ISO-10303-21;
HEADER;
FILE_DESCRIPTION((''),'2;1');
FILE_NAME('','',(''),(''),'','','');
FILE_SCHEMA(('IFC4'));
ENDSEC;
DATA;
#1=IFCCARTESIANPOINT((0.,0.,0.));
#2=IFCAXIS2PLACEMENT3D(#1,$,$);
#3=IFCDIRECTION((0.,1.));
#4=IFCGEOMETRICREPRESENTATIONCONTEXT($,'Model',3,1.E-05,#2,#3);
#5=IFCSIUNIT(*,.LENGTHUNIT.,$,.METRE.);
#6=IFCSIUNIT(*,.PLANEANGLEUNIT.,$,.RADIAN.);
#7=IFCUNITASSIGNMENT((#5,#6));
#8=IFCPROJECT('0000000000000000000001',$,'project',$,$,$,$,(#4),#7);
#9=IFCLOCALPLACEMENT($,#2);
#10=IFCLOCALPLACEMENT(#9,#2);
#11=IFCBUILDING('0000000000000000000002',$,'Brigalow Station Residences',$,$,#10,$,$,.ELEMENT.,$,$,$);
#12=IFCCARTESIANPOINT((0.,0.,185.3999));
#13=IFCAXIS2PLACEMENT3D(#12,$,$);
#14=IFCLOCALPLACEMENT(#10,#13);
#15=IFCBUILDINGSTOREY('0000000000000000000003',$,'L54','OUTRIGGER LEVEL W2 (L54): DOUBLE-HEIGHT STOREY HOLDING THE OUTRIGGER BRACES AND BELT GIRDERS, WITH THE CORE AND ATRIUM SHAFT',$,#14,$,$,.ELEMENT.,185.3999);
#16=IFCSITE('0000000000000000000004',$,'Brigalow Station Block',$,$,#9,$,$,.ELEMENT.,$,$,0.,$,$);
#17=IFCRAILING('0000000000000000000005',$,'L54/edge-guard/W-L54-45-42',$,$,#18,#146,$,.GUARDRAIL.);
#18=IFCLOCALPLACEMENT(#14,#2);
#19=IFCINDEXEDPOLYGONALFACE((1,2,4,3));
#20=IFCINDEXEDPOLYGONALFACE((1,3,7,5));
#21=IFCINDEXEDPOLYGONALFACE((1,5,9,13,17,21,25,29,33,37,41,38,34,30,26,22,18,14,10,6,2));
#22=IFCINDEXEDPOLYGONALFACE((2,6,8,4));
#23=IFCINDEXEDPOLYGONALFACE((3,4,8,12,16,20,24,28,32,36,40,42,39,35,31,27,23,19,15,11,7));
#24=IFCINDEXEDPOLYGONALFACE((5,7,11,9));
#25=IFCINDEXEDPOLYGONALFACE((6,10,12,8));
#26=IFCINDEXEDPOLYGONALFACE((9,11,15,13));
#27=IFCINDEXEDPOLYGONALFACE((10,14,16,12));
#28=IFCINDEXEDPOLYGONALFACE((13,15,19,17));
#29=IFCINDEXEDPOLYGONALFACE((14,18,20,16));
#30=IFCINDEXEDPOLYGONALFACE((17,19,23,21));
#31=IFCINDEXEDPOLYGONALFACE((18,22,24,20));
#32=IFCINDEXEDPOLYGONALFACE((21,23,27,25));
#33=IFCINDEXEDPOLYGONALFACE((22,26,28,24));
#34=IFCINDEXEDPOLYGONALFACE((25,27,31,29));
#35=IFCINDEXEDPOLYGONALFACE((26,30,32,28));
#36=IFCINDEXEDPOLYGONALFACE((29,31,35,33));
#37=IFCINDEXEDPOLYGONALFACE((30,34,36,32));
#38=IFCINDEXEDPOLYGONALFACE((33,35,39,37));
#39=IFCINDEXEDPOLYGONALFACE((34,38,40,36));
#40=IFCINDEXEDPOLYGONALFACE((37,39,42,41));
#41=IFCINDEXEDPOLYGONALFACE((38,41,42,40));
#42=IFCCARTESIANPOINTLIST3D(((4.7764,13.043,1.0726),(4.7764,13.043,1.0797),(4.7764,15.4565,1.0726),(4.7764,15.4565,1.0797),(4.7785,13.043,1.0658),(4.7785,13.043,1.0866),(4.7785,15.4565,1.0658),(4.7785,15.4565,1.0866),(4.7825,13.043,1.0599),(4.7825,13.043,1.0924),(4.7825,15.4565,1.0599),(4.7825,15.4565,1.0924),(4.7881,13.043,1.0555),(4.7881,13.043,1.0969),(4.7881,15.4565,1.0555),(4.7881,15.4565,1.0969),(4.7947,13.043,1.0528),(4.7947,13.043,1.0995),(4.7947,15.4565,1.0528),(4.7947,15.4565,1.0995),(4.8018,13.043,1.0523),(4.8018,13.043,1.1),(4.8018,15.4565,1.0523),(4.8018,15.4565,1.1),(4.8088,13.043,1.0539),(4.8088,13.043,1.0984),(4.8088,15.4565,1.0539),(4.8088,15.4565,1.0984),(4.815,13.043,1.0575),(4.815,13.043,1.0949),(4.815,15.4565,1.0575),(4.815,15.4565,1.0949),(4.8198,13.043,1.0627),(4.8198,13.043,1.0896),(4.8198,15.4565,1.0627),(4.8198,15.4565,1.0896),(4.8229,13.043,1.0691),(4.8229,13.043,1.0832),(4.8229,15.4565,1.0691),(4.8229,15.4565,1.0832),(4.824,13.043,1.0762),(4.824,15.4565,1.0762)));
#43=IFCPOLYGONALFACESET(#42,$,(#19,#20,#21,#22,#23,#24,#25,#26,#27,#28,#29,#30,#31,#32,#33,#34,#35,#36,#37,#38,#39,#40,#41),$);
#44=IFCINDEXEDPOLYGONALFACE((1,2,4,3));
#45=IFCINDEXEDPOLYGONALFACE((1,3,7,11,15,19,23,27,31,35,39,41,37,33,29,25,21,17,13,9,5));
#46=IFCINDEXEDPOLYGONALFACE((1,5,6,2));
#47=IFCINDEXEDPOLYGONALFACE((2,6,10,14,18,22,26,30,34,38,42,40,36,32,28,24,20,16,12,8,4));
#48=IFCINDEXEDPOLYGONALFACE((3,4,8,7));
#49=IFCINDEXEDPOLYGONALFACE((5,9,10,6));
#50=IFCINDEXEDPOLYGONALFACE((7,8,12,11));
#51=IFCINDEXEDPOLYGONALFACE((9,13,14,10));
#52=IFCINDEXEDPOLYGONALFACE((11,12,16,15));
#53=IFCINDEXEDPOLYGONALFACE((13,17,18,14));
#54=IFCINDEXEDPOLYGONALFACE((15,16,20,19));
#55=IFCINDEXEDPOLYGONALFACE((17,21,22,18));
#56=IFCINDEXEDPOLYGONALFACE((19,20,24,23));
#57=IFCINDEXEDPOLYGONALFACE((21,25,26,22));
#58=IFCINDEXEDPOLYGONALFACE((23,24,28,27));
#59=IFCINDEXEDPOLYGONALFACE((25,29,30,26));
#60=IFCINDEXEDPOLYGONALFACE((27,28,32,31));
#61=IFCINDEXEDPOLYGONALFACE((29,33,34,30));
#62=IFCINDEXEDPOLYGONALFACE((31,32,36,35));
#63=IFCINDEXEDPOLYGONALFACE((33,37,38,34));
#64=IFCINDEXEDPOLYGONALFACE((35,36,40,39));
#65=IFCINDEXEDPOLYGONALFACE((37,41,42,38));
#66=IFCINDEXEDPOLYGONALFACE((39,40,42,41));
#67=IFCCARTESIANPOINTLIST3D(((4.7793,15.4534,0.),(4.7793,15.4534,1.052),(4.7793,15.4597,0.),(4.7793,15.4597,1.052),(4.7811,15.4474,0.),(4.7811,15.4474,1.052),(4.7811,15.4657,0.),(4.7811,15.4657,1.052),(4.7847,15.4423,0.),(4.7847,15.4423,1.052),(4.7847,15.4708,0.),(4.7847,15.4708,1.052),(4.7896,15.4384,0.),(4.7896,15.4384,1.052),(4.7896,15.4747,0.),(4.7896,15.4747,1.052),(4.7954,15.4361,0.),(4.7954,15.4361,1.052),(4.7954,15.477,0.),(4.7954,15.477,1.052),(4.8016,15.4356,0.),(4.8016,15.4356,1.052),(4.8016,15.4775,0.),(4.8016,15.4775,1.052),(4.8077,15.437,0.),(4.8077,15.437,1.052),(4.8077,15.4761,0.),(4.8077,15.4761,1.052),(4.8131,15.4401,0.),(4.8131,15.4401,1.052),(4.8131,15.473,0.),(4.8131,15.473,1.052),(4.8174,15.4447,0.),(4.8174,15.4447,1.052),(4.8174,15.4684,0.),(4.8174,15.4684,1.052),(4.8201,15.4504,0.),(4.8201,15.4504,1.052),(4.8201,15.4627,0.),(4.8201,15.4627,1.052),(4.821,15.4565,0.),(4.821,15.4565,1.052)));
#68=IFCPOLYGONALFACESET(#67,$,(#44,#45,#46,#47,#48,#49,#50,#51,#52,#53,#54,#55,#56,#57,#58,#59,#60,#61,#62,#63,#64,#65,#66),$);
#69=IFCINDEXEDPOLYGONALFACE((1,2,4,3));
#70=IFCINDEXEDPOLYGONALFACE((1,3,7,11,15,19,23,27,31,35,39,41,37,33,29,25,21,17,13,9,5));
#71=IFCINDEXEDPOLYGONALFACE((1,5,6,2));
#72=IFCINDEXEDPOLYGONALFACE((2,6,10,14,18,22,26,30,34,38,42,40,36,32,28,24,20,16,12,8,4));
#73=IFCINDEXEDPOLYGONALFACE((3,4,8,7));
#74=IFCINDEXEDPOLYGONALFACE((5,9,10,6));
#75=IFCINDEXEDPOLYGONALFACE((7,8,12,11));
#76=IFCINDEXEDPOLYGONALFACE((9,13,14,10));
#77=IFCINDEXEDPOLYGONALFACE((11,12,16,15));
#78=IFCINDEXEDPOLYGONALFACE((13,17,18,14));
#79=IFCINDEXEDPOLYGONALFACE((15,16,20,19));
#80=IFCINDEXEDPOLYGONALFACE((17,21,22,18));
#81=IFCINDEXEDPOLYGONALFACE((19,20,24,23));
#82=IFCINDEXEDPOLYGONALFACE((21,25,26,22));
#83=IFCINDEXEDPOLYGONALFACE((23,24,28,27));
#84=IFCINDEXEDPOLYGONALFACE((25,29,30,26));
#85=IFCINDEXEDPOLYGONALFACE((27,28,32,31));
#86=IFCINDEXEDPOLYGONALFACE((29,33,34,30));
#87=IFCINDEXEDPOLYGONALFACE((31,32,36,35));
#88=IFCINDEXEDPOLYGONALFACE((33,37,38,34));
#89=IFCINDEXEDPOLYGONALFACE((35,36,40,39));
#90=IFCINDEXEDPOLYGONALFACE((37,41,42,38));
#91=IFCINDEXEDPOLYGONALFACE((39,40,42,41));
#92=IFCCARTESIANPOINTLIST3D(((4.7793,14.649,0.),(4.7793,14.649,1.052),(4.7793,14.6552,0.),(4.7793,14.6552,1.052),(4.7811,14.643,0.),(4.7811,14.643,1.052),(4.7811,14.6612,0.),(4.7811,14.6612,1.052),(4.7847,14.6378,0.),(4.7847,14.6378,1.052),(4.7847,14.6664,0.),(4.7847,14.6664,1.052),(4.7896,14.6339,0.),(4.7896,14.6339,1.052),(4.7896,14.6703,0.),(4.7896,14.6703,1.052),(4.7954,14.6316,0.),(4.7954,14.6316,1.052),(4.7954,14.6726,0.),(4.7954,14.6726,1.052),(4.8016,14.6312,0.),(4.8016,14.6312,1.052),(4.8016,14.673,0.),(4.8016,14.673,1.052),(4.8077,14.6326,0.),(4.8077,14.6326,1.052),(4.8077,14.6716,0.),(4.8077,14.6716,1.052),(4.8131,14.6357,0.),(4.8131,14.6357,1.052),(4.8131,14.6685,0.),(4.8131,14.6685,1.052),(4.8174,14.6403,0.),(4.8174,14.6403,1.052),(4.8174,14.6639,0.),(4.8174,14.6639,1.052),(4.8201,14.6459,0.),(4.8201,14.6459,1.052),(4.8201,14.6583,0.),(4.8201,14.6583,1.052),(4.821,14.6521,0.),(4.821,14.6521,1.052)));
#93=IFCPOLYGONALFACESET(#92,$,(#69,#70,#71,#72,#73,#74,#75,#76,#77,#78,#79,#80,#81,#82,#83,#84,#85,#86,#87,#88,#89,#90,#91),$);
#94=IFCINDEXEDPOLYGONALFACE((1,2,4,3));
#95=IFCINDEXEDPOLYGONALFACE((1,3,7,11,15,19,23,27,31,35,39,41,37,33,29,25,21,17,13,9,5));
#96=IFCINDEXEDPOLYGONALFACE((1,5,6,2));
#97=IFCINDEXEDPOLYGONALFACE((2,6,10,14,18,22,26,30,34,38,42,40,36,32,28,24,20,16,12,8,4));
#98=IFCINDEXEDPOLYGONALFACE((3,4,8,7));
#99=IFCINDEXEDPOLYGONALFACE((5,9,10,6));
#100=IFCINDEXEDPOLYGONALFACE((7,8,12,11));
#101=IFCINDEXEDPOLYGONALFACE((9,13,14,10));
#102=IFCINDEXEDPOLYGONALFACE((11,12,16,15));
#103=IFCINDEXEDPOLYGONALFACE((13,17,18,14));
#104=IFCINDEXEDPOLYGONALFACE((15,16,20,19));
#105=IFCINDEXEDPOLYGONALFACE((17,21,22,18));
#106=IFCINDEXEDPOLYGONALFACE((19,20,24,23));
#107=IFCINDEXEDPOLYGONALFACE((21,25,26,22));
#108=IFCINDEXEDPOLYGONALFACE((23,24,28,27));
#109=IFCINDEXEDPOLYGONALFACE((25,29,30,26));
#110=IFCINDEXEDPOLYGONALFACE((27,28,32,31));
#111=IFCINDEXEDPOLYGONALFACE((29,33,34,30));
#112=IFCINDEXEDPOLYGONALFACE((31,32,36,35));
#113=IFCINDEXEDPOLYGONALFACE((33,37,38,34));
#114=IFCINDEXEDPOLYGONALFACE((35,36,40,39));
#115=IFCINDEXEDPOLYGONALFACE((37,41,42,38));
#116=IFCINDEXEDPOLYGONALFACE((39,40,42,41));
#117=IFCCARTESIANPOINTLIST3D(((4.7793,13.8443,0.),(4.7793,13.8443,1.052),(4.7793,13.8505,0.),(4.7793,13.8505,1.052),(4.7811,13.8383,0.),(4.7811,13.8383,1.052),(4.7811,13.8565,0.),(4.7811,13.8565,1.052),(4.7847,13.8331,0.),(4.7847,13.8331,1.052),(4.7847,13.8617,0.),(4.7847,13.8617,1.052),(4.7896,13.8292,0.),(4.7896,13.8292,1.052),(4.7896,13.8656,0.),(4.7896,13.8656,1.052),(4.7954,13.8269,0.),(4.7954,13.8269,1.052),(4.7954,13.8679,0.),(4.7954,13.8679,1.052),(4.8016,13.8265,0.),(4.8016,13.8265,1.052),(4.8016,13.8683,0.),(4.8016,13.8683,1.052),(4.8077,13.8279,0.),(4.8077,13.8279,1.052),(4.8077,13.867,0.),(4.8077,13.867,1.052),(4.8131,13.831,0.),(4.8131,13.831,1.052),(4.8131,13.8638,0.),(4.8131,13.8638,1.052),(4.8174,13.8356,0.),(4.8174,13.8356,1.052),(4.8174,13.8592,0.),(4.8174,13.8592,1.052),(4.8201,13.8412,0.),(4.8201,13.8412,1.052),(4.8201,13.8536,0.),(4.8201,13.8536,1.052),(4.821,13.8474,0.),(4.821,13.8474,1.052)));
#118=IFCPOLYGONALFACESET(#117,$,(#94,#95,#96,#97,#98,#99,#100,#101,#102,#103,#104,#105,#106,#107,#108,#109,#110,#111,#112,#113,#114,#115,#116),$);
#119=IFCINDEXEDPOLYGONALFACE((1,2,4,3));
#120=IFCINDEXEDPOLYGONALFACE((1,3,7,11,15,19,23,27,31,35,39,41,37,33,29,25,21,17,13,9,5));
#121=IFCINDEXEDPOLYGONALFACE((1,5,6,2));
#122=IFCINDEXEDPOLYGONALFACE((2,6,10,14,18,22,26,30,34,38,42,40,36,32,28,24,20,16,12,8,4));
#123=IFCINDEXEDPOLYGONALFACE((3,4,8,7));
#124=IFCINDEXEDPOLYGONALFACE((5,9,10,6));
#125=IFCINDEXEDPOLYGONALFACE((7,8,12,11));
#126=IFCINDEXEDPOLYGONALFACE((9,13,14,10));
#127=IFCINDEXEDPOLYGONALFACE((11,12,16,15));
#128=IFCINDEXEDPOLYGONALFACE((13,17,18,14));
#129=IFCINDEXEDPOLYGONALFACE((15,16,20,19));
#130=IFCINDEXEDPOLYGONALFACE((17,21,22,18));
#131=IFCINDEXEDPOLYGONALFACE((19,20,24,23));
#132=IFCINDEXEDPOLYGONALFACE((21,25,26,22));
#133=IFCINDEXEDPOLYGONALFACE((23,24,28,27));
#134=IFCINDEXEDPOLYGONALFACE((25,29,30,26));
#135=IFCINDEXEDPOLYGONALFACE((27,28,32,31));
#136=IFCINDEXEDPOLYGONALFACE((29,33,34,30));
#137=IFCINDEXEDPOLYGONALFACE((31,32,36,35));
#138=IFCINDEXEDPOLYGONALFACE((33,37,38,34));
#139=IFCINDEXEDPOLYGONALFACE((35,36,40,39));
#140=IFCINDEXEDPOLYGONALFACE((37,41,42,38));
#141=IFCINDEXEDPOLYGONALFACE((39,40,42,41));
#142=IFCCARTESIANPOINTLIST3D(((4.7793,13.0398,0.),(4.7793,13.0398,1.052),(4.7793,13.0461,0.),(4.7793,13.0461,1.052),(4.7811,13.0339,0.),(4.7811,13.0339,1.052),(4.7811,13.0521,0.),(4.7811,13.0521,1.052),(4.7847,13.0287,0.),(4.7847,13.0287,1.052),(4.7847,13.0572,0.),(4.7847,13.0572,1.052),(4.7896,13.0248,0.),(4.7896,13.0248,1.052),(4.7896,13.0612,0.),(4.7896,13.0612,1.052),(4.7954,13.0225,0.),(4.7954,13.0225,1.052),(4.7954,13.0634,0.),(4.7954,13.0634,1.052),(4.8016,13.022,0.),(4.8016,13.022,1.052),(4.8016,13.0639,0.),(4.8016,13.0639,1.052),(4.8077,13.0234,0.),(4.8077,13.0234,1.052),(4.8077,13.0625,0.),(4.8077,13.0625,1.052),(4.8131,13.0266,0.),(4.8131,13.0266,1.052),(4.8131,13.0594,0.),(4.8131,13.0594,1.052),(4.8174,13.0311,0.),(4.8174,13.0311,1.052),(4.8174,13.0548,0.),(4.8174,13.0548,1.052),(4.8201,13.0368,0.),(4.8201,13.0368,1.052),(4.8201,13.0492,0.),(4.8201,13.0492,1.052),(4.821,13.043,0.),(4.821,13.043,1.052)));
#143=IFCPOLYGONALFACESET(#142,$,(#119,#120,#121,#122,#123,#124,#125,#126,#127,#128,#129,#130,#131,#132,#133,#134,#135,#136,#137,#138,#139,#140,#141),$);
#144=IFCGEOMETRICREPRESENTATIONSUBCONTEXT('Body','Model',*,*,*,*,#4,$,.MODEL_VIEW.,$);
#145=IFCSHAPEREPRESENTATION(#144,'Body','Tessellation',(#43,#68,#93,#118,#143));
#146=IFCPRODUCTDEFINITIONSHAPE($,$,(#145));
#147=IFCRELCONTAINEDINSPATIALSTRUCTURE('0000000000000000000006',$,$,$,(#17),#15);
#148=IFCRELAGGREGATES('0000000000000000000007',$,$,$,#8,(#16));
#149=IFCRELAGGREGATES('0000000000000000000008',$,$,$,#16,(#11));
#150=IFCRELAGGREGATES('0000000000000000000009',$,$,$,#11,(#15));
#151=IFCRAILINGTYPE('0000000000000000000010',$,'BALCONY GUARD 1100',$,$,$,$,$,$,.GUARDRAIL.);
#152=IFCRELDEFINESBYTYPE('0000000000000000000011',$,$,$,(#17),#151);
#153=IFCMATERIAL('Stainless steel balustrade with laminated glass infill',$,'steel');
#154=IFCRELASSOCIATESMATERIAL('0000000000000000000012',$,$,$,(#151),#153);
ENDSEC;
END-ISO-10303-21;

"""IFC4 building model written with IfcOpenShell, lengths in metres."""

from ifc_helpers import new_model, si_unit, direction, frame, origin, origin_2d, place, context, subcontext, project, spatial, circle, extrude, material, type_object, element, save


model = new_model("IFC4")

# Units and contexts
model_context = context("Model", 3, precision=1e-05, world=origin(), true_north=direction((0.0, 1.0)))
body_context = subcontext(model_context, "Body", "Model", "MODEL_VIEW")
ifc_project = project(units=[si_unit("LENGTHUNIT", "METRE"), si_unit("PLANEANGLEUNIT", "RADIAN")], contexts=[model_context])

# Site, building, storey
site_placement = place(None, origin())
site = spatial("IfcSite", under=ifc_project, at=site_placement, Name="Brigalow Station Block", CompositionType="ELEMENT", RefElevation=0.0)
building_placement = place(site_placement, origin())
building = spatial("IfcBuilding", under=site, at=building_placement, Name="Brigalow Station Residences", CompositionType="ELEMENT")
storey_placement = place(building_placement, frame((0.0, 0.0, 185.3999)))
storey = spatial("IfcBuildingStorey", under=building, at=storey_placement, Name="L54", Description="OUTRIGGER LEVEL W2 (L54): DOUBLE-HEIGHT STOREY HOLDING THE OUTRIGGER BRACES AND BELT GIRDERS, WITH THE CORE AND ATRIUM SHAFT", CompositionType="ELEMENT", Elevation=185.3999)

# Railing
ifc_material_1 = material(Name="Stainless steel balustrade with laminated glass infill", Category="steel")
railing_type = type_object("IfcRailingType", Name="BALCONY GUARD 1100", PredefinedType="GUARDRAIL", material=ifc_material_1)
railing_1_placement = place(storey_placement, frame((4.8, 15.4565, 0.0)))
element("IfcRailing", 1, at=railing_1_placement, inside=storey, type_object=railing_type, Name="L54/edge-guard/W-L54-45-42", PredefinedType="GUARDRAIL", context=body_context, shape_type="SweptSolid", body=[
    extrude(circle(Radius=0.0239, at=origin_2d()), frame((0.0, 0.0, 1.0762), z_axis=(0.0, -1.0, 0.0), x_axis=(1.0, 0.0, 0.0)), (0.0, 0.0, 1.0), 2.4136),
    extrude(circle(Radius=0.021, at=origin_2d()), origin(), (0.0, 0.0, 1.0), 1.052),
    extrude(circle(Radius=0.021, at=origin_2d()), frame((0.0, -0.8044, 0.0)), (0.0, 0.0, 1.0), 1.052),
    extrude(circle(Radius=0.021, at=origin_2d()), frame((0.0, -1.6091, 0.0)), (0.0, 0.0, 1.0), 1.052),
    extrude(circle(Radius=0.021, at=origin_2d()), frame((0.0, -2.4136, 0.0)), (0.0, 0.0, 1.0), 1.052),
])

save(model, "model.ifc")
